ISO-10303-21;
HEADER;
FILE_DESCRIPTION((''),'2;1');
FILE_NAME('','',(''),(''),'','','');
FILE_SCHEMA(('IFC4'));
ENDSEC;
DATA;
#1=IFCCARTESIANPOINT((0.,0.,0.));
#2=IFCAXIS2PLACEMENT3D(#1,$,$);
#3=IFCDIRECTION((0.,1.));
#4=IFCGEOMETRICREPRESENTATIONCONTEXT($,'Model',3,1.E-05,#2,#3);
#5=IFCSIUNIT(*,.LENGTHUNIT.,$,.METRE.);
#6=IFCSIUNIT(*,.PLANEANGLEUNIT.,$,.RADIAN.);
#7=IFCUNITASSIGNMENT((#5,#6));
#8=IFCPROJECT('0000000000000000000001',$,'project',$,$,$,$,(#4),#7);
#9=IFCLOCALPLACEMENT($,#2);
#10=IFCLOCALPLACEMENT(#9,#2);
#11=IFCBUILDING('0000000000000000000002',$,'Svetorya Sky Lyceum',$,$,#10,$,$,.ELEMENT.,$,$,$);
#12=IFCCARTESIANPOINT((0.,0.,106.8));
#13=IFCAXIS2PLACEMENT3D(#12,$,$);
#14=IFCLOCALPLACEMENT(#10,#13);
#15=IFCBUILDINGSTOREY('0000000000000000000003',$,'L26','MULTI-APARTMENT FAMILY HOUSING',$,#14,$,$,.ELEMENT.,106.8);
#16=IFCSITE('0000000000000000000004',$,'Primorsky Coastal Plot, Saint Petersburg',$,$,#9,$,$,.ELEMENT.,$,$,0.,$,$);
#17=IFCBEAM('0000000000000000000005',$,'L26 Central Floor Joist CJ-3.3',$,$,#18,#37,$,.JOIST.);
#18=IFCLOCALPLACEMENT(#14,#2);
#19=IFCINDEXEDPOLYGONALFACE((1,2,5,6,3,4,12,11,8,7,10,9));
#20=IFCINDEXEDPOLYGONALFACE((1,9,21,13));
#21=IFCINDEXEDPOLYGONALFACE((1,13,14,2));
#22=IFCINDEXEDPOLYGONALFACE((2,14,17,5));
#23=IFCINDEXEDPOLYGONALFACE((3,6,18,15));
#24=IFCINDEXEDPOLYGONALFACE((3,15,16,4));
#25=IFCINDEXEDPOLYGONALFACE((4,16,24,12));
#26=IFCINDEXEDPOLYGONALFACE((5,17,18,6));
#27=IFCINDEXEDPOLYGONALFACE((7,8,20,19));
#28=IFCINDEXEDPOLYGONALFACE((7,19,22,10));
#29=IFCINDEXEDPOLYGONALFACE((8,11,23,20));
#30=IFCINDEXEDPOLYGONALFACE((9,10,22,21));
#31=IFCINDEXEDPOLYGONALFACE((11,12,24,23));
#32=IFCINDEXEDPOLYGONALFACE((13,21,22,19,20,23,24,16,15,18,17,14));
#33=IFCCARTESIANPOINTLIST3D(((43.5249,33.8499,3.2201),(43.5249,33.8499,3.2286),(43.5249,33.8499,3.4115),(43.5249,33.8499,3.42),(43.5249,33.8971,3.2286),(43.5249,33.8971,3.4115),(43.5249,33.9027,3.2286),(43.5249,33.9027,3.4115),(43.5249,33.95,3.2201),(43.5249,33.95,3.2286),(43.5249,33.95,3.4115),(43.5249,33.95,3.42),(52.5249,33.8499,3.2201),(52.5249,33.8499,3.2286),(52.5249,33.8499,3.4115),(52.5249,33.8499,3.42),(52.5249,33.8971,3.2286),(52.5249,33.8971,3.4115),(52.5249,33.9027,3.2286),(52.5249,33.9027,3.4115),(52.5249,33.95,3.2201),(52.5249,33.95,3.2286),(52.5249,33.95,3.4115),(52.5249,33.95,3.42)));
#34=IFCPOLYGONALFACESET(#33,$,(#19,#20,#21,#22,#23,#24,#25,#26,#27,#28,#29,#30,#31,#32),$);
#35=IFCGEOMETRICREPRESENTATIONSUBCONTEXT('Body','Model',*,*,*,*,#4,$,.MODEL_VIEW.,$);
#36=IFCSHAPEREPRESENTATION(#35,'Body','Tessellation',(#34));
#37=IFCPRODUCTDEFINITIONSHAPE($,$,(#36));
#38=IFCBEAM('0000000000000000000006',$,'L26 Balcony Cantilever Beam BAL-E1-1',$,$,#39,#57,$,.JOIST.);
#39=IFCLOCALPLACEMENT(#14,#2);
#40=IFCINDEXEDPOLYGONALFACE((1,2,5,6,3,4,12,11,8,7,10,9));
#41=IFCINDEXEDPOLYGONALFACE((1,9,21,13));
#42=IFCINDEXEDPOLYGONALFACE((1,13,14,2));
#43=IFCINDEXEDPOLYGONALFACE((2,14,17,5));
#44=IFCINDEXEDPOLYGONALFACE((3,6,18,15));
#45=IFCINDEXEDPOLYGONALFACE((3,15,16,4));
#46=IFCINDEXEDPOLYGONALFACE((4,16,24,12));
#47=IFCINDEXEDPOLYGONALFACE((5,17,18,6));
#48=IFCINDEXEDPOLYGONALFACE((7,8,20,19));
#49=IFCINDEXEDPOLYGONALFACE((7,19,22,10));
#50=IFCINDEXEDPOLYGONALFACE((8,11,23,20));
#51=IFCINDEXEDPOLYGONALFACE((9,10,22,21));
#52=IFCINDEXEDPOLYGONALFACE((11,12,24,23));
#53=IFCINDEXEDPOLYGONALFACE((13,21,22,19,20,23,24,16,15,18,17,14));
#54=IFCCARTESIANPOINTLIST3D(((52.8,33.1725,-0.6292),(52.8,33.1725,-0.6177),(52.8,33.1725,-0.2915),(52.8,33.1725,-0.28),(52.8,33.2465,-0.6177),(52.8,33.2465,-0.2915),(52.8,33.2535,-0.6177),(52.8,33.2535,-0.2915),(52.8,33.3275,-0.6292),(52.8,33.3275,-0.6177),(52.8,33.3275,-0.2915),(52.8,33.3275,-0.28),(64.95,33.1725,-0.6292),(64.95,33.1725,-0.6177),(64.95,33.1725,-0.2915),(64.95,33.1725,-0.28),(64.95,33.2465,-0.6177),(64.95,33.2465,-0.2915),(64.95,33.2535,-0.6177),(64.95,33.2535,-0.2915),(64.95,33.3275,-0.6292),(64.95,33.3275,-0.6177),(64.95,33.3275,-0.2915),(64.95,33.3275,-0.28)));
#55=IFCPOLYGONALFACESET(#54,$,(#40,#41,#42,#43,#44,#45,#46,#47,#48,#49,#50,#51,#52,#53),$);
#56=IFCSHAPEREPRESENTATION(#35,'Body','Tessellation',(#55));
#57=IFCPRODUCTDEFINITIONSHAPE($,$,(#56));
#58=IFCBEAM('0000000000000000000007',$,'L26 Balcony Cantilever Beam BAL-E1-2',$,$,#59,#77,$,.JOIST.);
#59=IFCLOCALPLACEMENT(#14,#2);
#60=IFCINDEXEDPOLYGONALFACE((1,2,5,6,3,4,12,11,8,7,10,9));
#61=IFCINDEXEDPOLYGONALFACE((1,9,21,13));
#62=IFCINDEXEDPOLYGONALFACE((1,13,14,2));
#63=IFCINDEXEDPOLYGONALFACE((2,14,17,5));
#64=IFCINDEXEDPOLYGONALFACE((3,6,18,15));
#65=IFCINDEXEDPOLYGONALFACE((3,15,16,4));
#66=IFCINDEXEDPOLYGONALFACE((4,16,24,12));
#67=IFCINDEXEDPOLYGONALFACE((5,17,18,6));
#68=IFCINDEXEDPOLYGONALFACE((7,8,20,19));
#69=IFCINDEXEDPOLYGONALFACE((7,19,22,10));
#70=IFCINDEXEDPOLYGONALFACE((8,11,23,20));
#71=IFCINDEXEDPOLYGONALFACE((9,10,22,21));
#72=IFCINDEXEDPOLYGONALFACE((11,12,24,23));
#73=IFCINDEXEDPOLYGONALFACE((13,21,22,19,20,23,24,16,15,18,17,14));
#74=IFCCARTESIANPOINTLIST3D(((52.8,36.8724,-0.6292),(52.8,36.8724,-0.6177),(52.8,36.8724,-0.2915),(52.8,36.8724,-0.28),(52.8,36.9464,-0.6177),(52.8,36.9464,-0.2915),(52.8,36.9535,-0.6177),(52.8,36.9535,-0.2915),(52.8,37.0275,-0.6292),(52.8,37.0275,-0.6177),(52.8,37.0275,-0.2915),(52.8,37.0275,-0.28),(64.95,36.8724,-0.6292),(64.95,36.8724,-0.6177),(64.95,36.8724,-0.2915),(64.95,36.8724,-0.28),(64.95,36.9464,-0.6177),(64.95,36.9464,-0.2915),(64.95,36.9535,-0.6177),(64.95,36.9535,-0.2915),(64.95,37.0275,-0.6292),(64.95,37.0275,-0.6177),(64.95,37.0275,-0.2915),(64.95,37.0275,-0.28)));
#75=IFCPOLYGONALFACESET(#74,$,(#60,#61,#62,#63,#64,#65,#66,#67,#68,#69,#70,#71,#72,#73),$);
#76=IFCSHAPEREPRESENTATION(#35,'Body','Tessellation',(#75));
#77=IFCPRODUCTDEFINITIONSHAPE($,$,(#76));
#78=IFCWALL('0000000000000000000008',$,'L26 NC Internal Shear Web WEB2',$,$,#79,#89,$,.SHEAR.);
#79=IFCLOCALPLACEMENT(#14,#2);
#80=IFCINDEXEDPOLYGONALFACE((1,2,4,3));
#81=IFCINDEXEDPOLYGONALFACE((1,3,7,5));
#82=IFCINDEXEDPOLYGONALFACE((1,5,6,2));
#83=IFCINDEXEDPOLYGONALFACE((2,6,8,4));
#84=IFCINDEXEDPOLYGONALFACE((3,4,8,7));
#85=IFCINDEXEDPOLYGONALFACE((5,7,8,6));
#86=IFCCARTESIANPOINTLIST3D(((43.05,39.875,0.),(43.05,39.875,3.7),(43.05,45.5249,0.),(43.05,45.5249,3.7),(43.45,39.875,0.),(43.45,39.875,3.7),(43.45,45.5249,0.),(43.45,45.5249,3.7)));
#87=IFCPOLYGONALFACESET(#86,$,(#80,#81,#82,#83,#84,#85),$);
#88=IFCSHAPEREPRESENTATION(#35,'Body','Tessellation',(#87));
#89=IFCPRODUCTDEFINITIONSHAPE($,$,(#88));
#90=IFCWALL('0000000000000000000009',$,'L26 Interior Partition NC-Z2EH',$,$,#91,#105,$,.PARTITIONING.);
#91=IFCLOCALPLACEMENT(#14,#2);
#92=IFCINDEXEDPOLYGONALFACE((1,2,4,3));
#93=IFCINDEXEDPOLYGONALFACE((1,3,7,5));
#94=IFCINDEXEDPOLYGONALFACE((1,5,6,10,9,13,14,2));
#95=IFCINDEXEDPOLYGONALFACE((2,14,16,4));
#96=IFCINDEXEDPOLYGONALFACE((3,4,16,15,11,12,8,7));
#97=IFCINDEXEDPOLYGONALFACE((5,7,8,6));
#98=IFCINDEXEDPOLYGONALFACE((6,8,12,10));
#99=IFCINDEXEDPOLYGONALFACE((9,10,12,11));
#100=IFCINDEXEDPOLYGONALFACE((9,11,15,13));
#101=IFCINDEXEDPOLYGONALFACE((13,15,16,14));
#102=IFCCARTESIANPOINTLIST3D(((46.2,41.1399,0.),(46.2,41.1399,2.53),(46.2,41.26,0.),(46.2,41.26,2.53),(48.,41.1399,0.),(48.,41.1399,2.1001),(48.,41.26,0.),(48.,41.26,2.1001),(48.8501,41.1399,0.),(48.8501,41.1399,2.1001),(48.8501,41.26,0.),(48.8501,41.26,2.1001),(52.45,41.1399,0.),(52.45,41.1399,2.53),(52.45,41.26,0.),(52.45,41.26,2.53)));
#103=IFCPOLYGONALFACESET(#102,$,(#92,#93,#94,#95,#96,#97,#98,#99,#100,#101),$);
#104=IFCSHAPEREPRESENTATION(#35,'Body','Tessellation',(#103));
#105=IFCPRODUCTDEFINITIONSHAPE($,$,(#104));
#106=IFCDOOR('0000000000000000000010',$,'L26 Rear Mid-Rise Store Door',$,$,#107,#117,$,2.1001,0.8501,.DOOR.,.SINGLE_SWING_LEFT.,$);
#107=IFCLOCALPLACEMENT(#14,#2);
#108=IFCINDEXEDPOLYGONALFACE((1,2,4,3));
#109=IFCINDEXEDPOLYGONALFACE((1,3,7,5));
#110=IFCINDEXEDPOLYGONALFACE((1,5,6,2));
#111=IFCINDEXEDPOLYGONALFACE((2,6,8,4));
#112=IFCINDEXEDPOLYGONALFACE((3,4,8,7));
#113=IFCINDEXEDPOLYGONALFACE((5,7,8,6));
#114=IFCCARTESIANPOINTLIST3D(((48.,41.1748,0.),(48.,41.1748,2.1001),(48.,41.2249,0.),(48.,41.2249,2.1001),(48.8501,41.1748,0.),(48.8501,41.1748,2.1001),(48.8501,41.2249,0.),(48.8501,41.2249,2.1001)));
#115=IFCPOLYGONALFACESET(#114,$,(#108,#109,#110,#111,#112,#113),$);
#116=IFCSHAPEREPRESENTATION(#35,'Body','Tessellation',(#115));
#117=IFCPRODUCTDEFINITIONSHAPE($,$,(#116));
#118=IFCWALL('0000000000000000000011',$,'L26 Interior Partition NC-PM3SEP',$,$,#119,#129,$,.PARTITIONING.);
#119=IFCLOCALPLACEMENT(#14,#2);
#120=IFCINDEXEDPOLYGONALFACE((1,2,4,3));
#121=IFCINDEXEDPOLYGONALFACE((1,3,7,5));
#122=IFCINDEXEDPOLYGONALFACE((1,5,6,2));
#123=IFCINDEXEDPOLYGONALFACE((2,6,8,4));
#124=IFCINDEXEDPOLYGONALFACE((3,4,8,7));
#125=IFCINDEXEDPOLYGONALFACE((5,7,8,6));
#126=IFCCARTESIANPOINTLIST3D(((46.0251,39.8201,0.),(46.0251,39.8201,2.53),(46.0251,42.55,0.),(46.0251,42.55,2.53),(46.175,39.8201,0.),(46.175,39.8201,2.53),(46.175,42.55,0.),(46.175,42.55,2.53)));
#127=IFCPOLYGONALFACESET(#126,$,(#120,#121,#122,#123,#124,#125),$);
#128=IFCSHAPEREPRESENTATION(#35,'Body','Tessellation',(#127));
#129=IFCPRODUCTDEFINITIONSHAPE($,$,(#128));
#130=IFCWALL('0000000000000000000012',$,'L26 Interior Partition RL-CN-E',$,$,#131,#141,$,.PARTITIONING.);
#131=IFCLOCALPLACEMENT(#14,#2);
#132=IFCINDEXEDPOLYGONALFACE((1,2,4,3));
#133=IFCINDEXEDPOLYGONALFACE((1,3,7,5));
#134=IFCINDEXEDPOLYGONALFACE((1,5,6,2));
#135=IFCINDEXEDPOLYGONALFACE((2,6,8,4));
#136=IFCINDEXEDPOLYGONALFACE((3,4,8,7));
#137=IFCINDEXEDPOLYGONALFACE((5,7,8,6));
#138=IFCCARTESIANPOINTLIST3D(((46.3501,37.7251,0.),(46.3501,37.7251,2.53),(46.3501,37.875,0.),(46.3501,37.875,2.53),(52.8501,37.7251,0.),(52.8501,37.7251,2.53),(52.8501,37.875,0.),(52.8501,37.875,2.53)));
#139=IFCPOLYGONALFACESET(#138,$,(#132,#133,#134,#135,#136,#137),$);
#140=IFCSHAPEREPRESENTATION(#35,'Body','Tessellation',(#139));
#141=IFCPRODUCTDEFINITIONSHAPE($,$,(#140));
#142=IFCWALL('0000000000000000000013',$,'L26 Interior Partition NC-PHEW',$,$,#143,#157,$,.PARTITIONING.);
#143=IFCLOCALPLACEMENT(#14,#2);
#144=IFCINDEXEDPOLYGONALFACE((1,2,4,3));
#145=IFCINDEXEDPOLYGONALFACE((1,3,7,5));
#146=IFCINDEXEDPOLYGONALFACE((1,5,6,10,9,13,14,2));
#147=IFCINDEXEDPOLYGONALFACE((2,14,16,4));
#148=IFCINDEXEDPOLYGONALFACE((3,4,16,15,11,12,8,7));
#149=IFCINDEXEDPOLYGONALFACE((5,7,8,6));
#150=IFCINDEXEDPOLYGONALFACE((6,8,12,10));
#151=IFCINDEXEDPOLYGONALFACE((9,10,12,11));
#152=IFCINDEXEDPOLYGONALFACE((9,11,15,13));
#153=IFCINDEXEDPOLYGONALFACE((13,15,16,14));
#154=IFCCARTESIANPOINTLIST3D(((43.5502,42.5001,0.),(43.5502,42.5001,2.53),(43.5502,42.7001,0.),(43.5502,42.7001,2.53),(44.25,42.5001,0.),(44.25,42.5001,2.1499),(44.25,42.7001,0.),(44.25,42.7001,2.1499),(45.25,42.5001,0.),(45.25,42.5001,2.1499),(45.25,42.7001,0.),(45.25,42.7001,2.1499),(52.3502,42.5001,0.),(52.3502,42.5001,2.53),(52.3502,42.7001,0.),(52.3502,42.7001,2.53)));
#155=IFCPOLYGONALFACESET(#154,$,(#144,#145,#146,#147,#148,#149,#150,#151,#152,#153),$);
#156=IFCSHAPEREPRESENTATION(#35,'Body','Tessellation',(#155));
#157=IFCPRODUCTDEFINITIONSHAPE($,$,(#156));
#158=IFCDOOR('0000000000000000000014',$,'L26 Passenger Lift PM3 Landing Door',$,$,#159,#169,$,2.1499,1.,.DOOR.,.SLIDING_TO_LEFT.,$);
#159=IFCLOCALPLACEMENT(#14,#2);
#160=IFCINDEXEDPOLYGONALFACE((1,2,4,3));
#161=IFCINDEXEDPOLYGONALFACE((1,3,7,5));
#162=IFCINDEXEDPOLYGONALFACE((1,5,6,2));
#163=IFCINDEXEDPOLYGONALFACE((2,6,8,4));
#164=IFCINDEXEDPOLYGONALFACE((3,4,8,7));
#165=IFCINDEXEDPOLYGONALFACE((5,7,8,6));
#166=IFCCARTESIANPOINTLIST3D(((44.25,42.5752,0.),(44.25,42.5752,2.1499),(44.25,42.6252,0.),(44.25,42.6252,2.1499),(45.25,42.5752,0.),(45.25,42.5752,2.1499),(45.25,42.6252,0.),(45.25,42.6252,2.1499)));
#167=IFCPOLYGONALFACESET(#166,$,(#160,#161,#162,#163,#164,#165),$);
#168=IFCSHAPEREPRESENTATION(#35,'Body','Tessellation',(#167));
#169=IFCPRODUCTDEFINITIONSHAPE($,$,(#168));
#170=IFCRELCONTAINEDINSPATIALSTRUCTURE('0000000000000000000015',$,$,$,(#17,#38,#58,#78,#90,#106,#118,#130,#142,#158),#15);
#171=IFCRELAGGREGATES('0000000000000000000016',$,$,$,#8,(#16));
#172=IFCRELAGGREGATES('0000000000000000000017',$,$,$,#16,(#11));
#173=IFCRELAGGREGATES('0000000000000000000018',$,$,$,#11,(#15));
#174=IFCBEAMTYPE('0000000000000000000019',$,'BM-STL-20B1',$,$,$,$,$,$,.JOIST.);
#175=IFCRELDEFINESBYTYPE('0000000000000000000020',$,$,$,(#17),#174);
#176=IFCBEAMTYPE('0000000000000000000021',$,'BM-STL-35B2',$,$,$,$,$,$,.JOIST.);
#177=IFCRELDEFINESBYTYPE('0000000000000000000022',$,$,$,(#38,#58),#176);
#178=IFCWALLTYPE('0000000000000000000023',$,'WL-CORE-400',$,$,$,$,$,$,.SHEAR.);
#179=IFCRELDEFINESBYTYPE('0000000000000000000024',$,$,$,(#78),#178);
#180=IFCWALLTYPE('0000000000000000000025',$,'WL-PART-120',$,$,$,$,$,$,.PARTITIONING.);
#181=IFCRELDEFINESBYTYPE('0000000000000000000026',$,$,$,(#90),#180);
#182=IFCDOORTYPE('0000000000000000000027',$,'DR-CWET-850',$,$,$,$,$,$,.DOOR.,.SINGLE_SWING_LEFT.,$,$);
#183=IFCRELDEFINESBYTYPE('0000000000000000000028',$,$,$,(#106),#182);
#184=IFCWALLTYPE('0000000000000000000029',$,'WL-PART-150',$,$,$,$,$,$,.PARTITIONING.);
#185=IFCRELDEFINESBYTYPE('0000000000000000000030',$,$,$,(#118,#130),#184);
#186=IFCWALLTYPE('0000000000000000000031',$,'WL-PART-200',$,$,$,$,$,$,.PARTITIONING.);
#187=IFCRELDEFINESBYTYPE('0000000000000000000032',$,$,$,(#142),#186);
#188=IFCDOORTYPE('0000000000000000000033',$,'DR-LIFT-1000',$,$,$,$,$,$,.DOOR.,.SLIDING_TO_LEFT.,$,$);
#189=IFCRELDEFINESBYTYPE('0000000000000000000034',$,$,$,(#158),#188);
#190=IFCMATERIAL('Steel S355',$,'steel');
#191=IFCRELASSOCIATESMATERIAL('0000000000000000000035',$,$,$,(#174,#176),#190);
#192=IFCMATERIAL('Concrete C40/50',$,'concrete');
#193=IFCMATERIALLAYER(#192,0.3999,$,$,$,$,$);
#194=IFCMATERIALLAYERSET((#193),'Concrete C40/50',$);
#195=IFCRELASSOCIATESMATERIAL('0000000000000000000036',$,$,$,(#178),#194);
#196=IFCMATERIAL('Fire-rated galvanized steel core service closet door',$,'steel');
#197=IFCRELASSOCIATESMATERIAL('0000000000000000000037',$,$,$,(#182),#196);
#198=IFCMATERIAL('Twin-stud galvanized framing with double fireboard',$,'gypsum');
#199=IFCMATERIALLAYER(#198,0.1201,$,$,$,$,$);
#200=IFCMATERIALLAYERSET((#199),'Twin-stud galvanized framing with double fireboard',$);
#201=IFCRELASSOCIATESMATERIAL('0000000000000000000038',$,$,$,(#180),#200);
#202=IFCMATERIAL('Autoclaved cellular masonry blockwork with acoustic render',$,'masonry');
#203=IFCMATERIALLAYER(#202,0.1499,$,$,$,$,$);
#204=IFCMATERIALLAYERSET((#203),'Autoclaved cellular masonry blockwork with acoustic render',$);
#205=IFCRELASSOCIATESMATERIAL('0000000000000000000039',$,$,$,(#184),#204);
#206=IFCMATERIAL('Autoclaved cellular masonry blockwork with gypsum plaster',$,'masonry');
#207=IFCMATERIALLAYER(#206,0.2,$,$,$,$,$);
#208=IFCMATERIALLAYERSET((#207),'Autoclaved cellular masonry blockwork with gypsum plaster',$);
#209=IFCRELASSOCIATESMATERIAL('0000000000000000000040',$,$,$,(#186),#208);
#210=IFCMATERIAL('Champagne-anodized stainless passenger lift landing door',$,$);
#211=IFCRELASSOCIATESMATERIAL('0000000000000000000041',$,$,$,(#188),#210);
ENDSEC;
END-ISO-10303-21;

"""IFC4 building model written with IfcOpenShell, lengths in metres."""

from ifc_helpers import new_model, si_unit, direction, frame, frame_2d, origin, origin_2d, place, context, subcontext, project, spatial, rectangle, i_section, extrude, material, layer, layer_set, material_profile, profile_set, type_object, element, fill, save


model = new_model("IFC4")

# Units and contexts
model_context = context("Model", 3, precision=1e-05, world=origin(), true_north=direction((0.0, 1.0)))
body_context = subcontext(model_context, "Body", "Model", "MODEL_VIEW")
ifc_project = project(units=[si_unit("LENGTHUNIT", "METRE"), si_unit("PLANEANGLEUNIT", "RADIAN")], contexts=[model_context])

# Site, building, storey
site_placement = place(None, origin())
site = spatial("IfcSite", under=ifc_project, at=site_placement, Name="Primorsky Coastal Plot, Saint Petersburg", CompositionType="ELEMENT", RefElevation=0.0)
building_placement = place(site_placement, origin())
building = spatial("IfcBuilding", under=site, at=building_placement, Name="Svetorya Sky Lyceum", CompositionType="ELEMENT")
storey_placement = place(building_placement, frame((0.0, 0.0, 106.8)))
storey = spatial("IfcBuildingStorey", under=building, at=storey_placement, Name="L26", Description="MULTI-APARTMENT FAMILY HOUSING", CompositionType="ELEMENT", Elevation=106.8)

# Beams
ifc_material_1 = material(Name="Steel S355", Category="steel")
ifc_material_profile_1 = material_profile(ifc_material_1, i_section(OverallWidth=0.1001, OverallDepth=0.2, WebThickness=0.0056, FlangeThickness=0.0085, at=origin_2d()), Name="GOST 20B1")
ifc_profile_set_1 = profile_set([ifc_material_profile_1], Name="Steel S355")
beam_type_1 = type_object("IfcBeamType", Name="BM-STL-20B1", PredefinedType="JOIST", material=ifc_profile_set_1)
beam_placement = place(storey_placement, frame((43.5249, 33.8999, 3.3201), z_axis=(1.0, 0.0, 0.0), x_axis=(0.0, 1.0, 0.0)))
element("IfcBeam", 1, at=beam_placement, inside=storey, type_object=beam_type_1, Name="L26 Central Floor Joist CJ-3.3", PredefinedType="JOIST", context=body_context, shape_type="SweptSolid", body=[
    extrude(i_section(OverallWidth=0.1001, OverallDepth=0.2, WebThickness=0.0056, FlangeThickness=0.0085, at=origin_2d()), origin(), (0.0, 0.0, 1.0), 9.0),
])
ifc_material_profile_2 = material_profile(ifc_material_1, i_section(OverallWidth=0.155, OverallDepth=0.3491, WebThickness=0.0071, FlangeThickness=0.0115, at=origin_2d()), Name="GOST 35B2")
ifc_profile_set_2 = profile_set([ifc_material_profile_2], Name="Steel S355")
beam_type_2 = type_object("IfcBeamType", Name="BM-STL-35B2", PredefinedType="JOIST", material=ifc_profile_set_2)
for number, where, z_axis, x_axis, name in (
    (2, (52.8, 33.25, -0.4546), (1.0, 0.0, 0.0), (0.0, 1.0, 0.0), "L26 Balcony Cantilever Beam BAL-E1-1"),
    (3, (52.8, 36.95, -0.4546), (1.0, 0.0, 0.0), (0.0, 1.0, 0.0), "L26 Balcony Cantilever Beam BAL-E1-2"),
):
    element("IfcBeam", number, at=place(storey_placement, frame(where, z_axis=z_axis, x_axis=x_axis)), inside=storey, type_object=beam_type_2, Name=name, PredefinedType="JOIST", context=body_context, shape_type="SweptSolid", body=[
        extrude(i_section(OverallWidth=0.155, OverallDepth=0.3491, WebThickness=0.0071, FlangeThickness=0.0115, at=origin_2d()), origin(), (0.0, 0.0, 1.0), 12.1499),
    ])

# Wall
ifc_material_2 = material(Name="Concrete C40/50", Category="concrete")
ifc_layer_1 = layer(ifc_material_2, 0.3999)
ifc_layer_set_1 = layer_set([ifc_layer_1], Name="Concrete C40/50")
wall_type_1 = type_object("IfcWallType", Name="WL-CORE-400", PredefinedType="SHEAR", material=ifc_layer_set_1)
wall_1_placement = place(storey_placement, frame((43.25, 39.875, 0.0), z_axis=(0.0, 0.0, 1.0), x_axis=(0.0, 1.0, 0.0)))
element("IfcWall", 4, at=wall_1_placement, inside=storey, type_object=wall_type_1, Name="L26 NC Internal Shear Web WEB2", PredefinedType="SHEAR", context=body_context, shape_type="SweptSolid", body=[
    extrude(rectangle(XDim=5.6499, YDim=0.3999, at=frame_2d((2.825, 0.0))), origin(), (0.0, 0.0, 1.0), 3.7),
])

# Shared definitions
ifc_material_3 = material(Name="Fire-rated galvanized steel core service closet door", Category="steel")
door_type_1 = type_object("IfcDoorType", Name="DR-CWET-850", OperationType="SINGLE_SWING_LEFT", PredefinedType="DOOR", material=ifc_material_3)

# Wall, opening, door
ifc_material_4 = material(Name="Twin-stud galvanized framing with double fireboard", Category="gypsum")
ifc_layer_2 = layer(ifc_material_4, 0.1201)
ifc_layer_set_2 = layer_set([ifc_layer_2], Name="Twin-stud galvanized framing with double fireboard")
wall_type_2 = type_object("IfcWallType", Name="WL-PART-120", PredefinedType="PARTITIONING", material=ifc_layer_set_2)
wall_2_placement = place(storey_placement, frame((46.2, 41.2, 0.0), z_axis=(0.0, 0.0, 1.0), x_axis=(1.0, 0.0, 0.0)))
wall_2 = element("IfcWall", 5, at=wall_2_placement, inside=storey, type_object=wall_type_2, Name="L26 Interior Partition NC-Z2EH", PredefinedType="PARTITIONING", context=body_context, shape_type="SweptSolid", body=[
    extrude(rectangle(XDim=6.25, YDim=0.1201, at=frame_2d((3.125, 0.0))), origin(), (0.0, 0.0, 1.0), 2.53),
])
opening_1_placement = place(wall_2_placement, frame((1.8, 0.0, 0.0)))
opening_1 = element("IfcOpeningElement", 6, at=opening_1_placement, cuts=wall_2, PredefinedType="OPENING", context=body_context, shape_type="SweptSolid", body=[
    extrude(rectangle(XDim=0.8501, YDim=2.1001, at=frame_2d((0.425, 1.05))), frame((0.0, 0.0701, 0.0), z_axis=(0.0, -1.0, 0.0), x_axis=(1.0, 0.0, 0.0)), (0.0, 0.0, 1.0), 0.1401),
])
door_1_placement = place(opening_1_placement, origin())
door_1 = element("IfcDoor", 7, at=door_1_placement, inside=storey, type_object=door_type_1, Name="L26 Rear Mid-Rise Store Door", OperationType="SINGLE_SWING_LEFT", OverallHeight=2.1001, OverallWidth=0.8501, PredefinedType="DOOR", context=body_context, shape_type="SweptSolid", body=[
    extrude(rectangle(XDim=0.8501, YDim=2.1001, at=frame_2d((0.425, 1.05))), frame((0.0, 0.0249, 0.0), z_axis=(0.0, -1.0, 0.0), x_axis=(1.0, 0.0, 0.0)), (0.0, 0.0, 1.0), 0.05),
])
fill(opening_1, door_1)

# Walls
ifc_material_5 = material(Name="Autoclaved cellular masonry blockwork with acoustic render", Category="masonry")
ifc_layer_3 = layer(ifc_material_5, 0.1499)
ifc_layer_set_3 = layer_set([ifc_layer_3], Name="Autoclaved cellular masonry blockwork with acoustic render")
wall_type_3 = type_object("IfcWallType", Name="WL-PART-150", PredefinedType="PARTITIONING", material=ifc_layer_set_3)
wall_3_placement = place(storey_placement, frame((46.1001, 39.8201, 0.0), z_axis=(0.0, 0.0, 1.0), x_axis=(0.0, 1.0, 0.0)))
element("IfcWall", 8, at=wall_3_placement, inside=storey, type_object=wall_type_3, Name="L26 Interior Partition NC-PM3SEP", PredefinedType="PARTITIONING", context=body_context, shape_type="SweptSolid", body=[
    extrude(rectangle(XDim=2.73, YDim=0.1499, at=frame_2d((1.365, 0.0))), origin(), (0.0, 0.0, 1.0), 2.53),
])
wall_4_placement = place(storey_placement, frame((46.3501, 37.8, 0.0), z_axis=(0.0, 0.0, 1.0), x_axis=(1.0, 0.0, 0.0)))
element("IfcWall", 9, at=wall_4_placement, inside=storey, type_object=wall_type_3, Name="L26 Interior Partition RL-CN-E", PredefinedType="PARTITIONING", context=body_context, shape_type="SweptSolid", body=[
    extrude(rectangle(XDim=6.5, YDim=0.1499, at=frame_2d((3.25, 0.0))), origin(), (0.0, 0.0, 1.0), 2.53),
])

# Wall, opening, door
ifc_material_6 = material(Name="Autoclaved cellular masonry blockwork with gypsum plaster", Category="masonry")
ifc_layer_4 = layer(ifc_material_6, 0.2)
ifc_layer_set_4 = layer_set([ifc_layer_4], Name="Autoclaved cellular masonry blockwork with gypsum plaster")
wall_type_4 = type_object("IfcWallType", Name="WL-PART-200", PredefinedType="PARTITIONING", material=ifc_layer_set_4)
wall_5_placement = place(storey_placement, frame((52.3501, 42.6001, 0.0), z_axis=(0.0, 0.0, 1.0), x_axis=(-1.0, 0.0, 0.0)))
wall_5 = element("IfcWall", 10, at=wall_5_placement, inside=storey, type_object=wall_type_4, Name="L26 Interior Partition NC-PHEW", PredefinedType="PARTITIONING", context=body_context, shape_type="SweptSolid", body=[
    extrude(rectangle(XDim=8.8, YDim=0.2, at=frame_2d((4.3999, 0.0))), origin(), (0.0, 0.0, 1.0), 2.53),
])
opening_2_placement = place(wall_5_placement, frame((7.1001, 0.0, 0.0)))
opening_2 = element("IfcOpeningElement", 11, at=opening_2_placement, cuts=wall_5, PredefinedType="OPENING", context=body_context, shape_type="SweptSolid", body=[
    extrude(rectangle(XDim=1.0, YDim=2.1499, at=frame_2d((0.5, 1.075))), frame((0.0, 0.1099, 0.0), z_axis=(0.0, -1.0, 0.0), x_axis=(1.0, 0.0, 0.0)), (0.0, 0.0, 1.0), 0.22),
])
ifc_material_7 = material(Name="Champagne-anodized stainless passenger lift landing door")
door_type_2 = type_object("IfcDoorType", Name="DR-LIFT-1000", OperationType="SLIDING_TO_LEFT", PredefinedType="DOOR", material=ifc_material_7)
door_2_placement = place(opening_2_placement, origin())
door_2 = element("IfcDoor", 12, at=door_2_placement, inside=storey, type_object=door_type_2, Name="L26 Passenger Lift PM3 Landing Door", OperationType="SLIDING_TO_LEFT", OverallHeight=2.1499, OverallWidth=1.0, PredefinedType="DOOR", context=body_context, shape_type="SweptSolid", body=[
    extrude(rectangle(XDim=1.0, YDim=2.1499, at=frame_2d((0.5, 1.075))), frame((0.0, 0.0249, 0.0), z_axis=(0.0, -1.0, 0.0), x_axis=(1.0, 0.0, 0.0)), (0.0, 0.0, 1.0), 0.05),
])
fill(opening_2, door_2)

save(model, "model.ifc")
